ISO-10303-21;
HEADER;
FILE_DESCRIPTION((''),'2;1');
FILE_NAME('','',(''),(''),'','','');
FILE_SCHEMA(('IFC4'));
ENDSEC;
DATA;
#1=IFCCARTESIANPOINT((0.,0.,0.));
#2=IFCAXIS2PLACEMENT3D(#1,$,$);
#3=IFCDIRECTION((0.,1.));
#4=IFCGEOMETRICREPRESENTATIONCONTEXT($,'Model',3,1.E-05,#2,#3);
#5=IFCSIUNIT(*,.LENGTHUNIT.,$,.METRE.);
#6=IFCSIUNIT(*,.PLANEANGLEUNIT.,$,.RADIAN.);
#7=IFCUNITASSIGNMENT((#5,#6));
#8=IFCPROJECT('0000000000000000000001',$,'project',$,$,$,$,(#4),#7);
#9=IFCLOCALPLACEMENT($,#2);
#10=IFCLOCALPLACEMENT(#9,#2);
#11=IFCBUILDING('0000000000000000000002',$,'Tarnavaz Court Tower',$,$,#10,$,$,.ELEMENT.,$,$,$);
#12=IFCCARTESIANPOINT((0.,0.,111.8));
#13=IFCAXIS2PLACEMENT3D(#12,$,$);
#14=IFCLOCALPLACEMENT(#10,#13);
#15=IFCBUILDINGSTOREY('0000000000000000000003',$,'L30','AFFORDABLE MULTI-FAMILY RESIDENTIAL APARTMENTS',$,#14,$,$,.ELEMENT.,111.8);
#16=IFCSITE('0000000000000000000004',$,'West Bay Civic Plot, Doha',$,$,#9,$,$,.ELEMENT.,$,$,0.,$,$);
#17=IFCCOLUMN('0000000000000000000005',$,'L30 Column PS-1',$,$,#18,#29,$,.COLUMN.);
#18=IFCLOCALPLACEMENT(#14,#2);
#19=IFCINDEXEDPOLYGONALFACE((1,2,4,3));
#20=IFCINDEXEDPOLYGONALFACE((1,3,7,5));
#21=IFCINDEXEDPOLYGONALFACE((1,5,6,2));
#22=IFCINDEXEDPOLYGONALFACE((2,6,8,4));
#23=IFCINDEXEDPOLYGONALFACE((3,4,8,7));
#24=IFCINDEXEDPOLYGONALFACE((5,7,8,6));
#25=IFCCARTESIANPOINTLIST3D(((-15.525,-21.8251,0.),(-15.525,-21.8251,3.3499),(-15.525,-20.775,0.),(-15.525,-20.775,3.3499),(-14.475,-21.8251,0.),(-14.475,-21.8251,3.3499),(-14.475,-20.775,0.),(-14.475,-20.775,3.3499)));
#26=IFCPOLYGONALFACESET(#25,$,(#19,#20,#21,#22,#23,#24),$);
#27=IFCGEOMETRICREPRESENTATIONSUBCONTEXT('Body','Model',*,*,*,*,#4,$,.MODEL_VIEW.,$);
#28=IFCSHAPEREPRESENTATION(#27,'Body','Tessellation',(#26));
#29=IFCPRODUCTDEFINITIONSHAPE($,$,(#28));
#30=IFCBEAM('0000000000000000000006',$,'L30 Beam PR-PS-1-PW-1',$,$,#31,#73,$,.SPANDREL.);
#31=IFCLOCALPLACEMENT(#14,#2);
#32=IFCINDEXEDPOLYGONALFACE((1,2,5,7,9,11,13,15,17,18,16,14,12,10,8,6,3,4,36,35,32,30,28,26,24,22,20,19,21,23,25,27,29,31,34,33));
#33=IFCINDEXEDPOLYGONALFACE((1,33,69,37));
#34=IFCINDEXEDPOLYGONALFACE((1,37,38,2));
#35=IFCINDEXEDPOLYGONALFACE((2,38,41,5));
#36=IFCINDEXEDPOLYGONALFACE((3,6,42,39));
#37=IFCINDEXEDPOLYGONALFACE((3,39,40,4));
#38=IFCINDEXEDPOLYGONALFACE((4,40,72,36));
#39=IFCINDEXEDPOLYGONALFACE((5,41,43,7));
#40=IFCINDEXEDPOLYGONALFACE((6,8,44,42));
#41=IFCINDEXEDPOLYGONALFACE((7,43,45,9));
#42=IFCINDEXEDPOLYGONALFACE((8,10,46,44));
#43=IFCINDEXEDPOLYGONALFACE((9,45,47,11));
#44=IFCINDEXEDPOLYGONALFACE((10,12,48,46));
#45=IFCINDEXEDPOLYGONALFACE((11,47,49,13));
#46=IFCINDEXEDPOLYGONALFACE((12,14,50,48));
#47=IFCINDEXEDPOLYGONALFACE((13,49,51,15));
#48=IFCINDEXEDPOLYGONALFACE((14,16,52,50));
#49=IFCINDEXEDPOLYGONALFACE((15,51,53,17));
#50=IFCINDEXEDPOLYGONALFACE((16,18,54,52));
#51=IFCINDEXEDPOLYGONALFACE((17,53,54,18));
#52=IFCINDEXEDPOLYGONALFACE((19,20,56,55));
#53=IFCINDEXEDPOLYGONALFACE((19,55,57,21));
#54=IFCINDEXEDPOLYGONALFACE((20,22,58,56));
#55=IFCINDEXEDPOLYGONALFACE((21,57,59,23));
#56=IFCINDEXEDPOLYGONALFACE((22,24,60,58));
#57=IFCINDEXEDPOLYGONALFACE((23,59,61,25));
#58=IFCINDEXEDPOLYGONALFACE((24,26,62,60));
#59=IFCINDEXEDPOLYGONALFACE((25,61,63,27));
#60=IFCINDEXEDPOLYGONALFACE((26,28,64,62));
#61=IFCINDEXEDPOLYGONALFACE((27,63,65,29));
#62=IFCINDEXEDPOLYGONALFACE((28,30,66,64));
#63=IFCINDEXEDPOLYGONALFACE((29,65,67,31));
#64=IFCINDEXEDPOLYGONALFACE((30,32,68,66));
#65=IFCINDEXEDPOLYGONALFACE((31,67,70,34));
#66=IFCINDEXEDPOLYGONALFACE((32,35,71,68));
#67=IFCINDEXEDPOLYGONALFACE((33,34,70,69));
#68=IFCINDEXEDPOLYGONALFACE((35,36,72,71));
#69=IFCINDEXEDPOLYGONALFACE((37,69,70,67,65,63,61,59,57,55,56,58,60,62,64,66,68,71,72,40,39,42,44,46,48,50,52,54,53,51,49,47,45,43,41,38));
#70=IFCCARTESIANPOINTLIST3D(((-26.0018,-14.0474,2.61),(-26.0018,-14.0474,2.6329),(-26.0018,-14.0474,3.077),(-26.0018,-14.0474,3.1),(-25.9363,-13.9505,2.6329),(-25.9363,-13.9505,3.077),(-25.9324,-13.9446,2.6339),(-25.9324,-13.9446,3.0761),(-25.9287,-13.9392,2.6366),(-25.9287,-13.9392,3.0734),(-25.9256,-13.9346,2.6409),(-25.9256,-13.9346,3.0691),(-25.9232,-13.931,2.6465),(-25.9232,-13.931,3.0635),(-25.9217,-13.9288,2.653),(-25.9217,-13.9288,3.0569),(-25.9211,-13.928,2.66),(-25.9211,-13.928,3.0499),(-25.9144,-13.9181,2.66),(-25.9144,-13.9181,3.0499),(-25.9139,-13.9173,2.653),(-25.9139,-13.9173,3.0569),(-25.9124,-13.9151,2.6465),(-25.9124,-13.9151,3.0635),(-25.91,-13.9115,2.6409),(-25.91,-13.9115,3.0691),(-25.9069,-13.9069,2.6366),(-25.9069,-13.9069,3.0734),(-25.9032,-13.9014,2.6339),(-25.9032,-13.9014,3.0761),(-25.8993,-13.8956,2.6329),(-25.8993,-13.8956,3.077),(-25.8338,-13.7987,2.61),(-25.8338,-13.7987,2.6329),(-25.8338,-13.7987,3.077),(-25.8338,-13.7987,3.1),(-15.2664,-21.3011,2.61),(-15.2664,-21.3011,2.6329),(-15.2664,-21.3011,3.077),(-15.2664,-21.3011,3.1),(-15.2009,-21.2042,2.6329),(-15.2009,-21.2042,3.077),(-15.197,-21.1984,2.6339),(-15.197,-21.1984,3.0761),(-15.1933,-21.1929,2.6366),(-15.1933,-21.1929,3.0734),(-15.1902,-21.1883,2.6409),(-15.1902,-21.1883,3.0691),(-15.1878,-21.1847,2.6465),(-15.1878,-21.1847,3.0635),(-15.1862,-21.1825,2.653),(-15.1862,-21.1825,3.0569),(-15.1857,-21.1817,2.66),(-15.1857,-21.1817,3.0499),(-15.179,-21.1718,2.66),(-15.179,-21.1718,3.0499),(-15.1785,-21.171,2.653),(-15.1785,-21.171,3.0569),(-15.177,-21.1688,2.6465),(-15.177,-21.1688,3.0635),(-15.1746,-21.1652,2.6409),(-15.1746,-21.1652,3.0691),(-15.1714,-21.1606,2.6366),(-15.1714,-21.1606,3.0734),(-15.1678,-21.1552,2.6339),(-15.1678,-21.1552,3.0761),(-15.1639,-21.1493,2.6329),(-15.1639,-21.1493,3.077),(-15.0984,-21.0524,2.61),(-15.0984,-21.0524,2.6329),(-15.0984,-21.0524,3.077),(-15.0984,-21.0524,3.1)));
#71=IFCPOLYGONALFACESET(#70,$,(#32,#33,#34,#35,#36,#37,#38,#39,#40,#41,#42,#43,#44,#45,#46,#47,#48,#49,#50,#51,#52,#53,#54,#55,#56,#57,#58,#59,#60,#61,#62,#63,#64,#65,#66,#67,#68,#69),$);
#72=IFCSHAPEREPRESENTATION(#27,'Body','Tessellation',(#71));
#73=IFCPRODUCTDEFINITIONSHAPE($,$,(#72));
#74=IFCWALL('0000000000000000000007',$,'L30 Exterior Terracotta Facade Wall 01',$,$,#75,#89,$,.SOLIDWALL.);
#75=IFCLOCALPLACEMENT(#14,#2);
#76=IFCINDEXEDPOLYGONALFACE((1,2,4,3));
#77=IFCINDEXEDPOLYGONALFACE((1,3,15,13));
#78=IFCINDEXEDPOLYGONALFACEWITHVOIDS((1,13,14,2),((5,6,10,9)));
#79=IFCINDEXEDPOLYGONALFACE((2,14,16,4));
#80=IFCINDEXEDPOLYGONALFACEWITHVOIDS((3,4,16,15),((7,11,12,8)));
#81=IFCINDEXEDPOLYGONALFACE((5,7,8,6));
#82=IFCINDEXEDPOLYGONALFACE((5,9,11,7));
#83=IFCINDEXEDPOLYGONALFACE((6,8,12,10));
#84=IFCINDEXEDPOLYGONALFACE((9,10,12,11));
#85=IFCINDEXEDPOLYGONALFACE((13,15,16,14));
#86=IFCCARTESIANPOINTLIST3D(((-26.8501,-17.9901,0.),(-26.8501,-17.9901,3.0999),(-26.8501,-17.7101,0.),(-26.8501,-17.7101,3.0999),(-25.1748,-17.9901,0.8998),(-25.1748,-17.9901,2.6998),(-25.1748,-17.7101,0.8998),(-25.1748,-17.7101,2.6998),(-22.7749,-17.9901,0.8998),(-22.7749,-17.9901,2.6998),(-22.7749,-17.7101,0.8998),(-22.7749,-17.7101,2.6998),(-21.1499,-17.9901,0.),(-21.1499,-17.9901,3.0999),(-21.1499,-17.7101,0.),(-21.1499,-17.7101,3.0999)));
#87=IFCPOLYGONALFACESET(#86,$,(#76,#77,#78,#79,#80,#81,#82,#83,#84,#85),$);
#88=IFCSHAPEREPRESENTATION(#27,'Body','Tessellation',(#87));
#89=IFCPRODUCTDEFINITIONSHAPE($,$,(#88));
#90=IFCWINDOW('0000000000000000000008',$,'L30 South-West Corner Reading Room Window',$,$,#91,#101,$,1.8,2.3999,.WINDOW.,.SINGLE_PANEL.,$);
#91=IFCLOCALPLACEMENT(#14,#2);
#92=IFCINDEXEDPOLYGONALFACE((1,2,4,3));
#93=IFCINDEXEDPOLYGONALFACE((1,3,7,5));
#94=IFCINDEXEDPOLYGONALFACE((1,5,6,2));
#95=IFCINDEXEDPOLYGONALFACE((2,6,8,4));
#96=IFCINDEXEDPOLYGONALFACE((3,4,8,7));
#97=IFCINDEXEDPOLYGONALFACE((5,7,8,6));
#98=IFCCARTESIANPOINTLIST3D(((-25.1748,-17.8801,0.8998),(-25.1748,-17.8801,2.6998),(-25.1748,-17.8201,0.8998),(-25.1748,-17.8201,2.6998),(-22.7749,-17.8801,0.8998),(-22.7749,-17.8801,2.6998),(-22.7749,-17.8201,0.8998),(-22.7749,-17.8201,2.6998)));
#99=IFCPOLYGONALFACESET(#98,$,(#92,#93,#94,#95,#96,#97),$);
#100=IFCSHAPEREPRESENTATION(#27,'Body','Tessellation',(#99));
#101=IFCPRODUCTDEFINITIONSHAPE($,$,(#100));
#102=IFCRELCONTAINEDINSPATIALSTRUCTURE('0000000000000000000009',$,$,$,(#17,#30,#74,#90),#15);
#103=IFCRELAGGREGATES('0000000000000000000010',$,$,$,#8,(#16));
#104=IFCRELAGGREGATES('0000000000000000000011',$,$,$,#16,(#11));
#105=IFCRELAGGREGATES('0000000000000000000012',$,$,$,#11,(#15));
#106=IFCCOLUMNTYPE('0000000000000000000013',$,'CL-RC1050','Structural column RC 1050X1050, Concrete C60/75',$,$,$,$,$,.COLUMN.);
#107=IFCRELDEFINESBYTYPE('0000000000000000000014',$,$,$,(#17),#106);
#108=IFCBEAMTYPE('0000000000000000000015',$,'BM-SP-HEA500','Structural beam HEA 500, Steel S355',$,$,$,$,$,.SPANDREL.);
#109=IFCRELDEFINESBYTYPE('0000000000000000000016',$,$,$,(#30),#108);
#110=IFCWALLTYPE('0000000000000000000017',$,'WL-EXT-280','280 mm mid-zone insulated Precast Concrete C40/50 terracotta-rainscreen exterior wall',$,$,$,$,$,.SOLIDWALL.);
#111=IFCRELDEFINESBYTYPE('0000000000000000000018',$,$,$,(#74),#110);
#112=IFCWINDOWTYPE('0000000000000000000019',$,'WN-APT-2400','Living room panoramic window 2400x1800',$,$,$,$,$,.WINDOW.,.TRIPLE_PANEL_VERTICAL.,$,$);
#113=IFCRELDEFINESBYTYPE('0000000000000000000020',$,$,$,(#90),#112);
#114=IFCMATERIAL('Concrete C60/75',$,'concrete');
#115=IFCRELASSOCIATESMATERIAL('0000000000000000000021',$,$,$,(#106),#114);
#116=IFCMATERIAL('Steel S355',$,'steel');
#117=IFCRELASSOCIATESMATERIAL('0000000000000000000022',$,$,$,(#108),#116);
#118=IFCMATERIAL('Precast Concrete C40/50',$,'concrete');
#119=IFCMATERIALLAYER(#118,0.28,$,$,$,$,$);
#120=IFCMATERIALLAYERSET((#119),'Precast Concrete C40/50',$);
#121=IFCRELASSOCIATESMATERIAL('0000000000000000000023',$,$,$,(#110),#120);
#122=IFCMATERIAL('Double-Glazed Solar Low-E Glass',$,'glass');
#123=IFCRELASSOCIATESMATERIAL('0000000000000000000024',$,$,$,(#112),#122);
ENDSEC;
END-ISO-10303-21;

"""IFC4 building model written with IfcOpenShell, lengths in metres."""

from ifc_helpers import new_model, si_unit, direction, frame, frame_2d, origin, origin_2d, place, context, subcontext, project, spatial, rectangle, i_section, extrude, material, layer, layer_set, material_profile, profile_set, type_object, element, fill, save


model = new_model("IFC4")

# Units and contexts
model_context = context("Model", 3, precision=1e-05, world=origin(), true_north=direction((0.0, 1.0)))
body_context = subcontext(model_context, "Body", "Model", "MODEL_VIEW")
ifc_project = project(units=[si_unit("LENGTHUNIT", "METRE"), si_unit("PLANEANGLEUNIT", "RADIAN")], contexts=[model_context])

# Site, building, storey
site_placement = place(None, origin())
site = spatial("IfcSite", under=ifc_project, at=site_placement, Name="West Bay Civic Plot, Doha", CompositionType="ELEMENT", RefElevation=0.0)
building_placement = place(site_placement, origin())
building = spatial("IfcBuilding", under=site, at=building_placement, Name="Tarnavaz Court Tower", CompositionType="ELEMENT")
storey_placement = place(building_placement, frame((0.0, 0.0, 111.8)))
storey = spatial("IfcBuildingStorey", under=building, at=storey_placement, Name="L30", Description="AFFORDABLE MULTI-FAMILY RESIDENTIAL APARTMENTS", CompositionType="ELEMENT", Elevation=111.8)

# Column
ifc_material_1 = material(Name="Concrete C60/75", Category="concrete")
ifc_material_profile_1 = material_profile(ifc_material_1, rectangle(XDim=1.05, YDim=1.05, at=origin_2d()), Name="RC 1050X1050")
ifc_profile_set_1 = profile_set([ifc_material_profile_1], Name="Concrete C60/75")
column_type = type_object("IfcColumnType", Name="CL-RC1050", Description="Structural column RC 1050X1050, Concrete C60/75", PredefinedType="COLUMN", material=ifc_profile_set_1)
column_placement = place(storey_placement, frame((-15.0, -21.3, 0.0), z_axis=(0.0, 0.0, 1.0), x_axis=(1.0, 0.0, 0.0)))
element("IfcColumn", 1, at=column_placement, inside=storey, type_object=column_type, Name="L30 Column PS-1", PredefinedType="COLUMN", context=body_context, shape_type="SweptSolid", body=[
    extrude(rectangle(XDim=1.05, YDim=1.05, at=origin_2d()), origin(), (0.0, 0.0, 1.0), 3.3499),
])

# Beam
ifc_material_2 = material(Name="Steel S355", Category="steel")
ifc_material_profile_2 = material_profile(ifc_material_2, i_section(OverallWidth=0.3, OverallDepth=0.49, WebThickness=0.012, FlangeThickness=0.0229, FilletRadius=0.0271, at=origin_2d()), Name="HEA 500")
ifc_profile_set_2 = profile_set([ifc_material_profile_2], Name="Steel S355")
beam_type = type_object("IfcBeamType", Name="BM-SP-HEA500", Description="Structural beam HEA 500, Steel S355", PredefinedType="SPANDREL", material=ifc_profile_set_2)
beam_placement = place(storey_placement, frame((-15.1824, -21.1768, 2.855), z_axis=(-0.828587, 0.55986, 0.0), x_axis=(-0.55986, -0.828587, 0.0)))
element("IfcBeam", 2, at=beam_placement, inside=storey, type_object=beam_type, Name="L30 Beam PR-PS-1-PW-1", PredefinedType="SPANDREL", context=body_context, shape_type="SweptSolid", body=[
    extrude(i_section(OverallWidth=0.3, OverallDepth=0.49, WebThickness=0.012, FlangeThickness=0.0229, FilletRadius=0.0271, at=origin_2d()), origin(), (0.0, 0.0, 1.0), 12.9563),
])

# Wall, opening, window
ifc_material_3 = material(Name="Precast Concrete C40/50", Category="concrete")
ifc_layer_1 = layer(ifc_material_3, 0.28)
ifc_layer_set_1 = layer_set([ifc_layer_1], Name="Precast Concrete C40/50")
wall_type_1 = type_object("IfcWallType", Name="WL-EXT-280", Description="280 mm mid-zone insulated Precast Concrete C40/50 terracotta-rainscreen exterior wall", PredefinedType="SOLIDWALL", material=ifc_layer_set_1)
wall_1_placement = place(storey_placement, frame((-21.1499, -17.8501, 0.0), z_axis=(0.0, 0.0, 1.0), x_axis=(-1.0, 0.0, 0.0)))
wall_1 = element("IfcWall", 3, at=wall_1_placement, inside=storey, type_object=wall_type_1, Name="L30 Exterior Terracotta Facade Wall 01", PredefinedType="SOLIDWALL", context=body_context, shape_type="SweptSolid", body=[
    extrude(rectangle(XDim=5.7002, YDim=0.28, at=frame_2d((2.8501, 0.0))), origin(), (0.0, 0.0, 1.0), 3.0999),
])
opening_1_placement = place(wall_1_placement, frame((1.625, 0.0, 0.8999)))
opening_1 = element("IfcOpeningElement", 4, at=opening_1_placement, cuts=wall_1, PredefinedType="OPENING", context=body_context, shape_type="SweptSolid", body=[
    extrude(rectangle(XDim=2.3999, YDim=1.8, at=frame_2d((1.2, 0.8999))), frame((0.0, 0.1499, 0.0), z_axis=(0.0, -1.0, 0.0), x_axis=(1.0, 0.0, 0.0)), (0.0, 0.0, 1.0), 0.3),
])
ifc_material_4 = material(Name="Double-Glazed Solar Low-E Glass", Category="glass")
window_type_1 = type_object("IfcWindowType", Name="WN-APT-2400", Description="Living room panoramic window 2400x1800", PartitioningType="TRIPLE_PANEL_VERTICAL", PredefinedType="WINDOW", material=ifc_material_4)
window_1_placement = place(opening_1_placement, origin())
window_1 = element("IfcWindow", 5, at=window_1_placement, inside=storey, type_object=window_type_1, Name="L30 South-West Corner Reading Room Window", OverallHeight=1.8, OverallWidth=2.3999, PartitioningType="SINGLE_PANEL", PredefinedType="WINDOW", context=body_context, shape_type="SweptSolid", body=[
    extrude(rectangle(XDim=2.3999, YDim=1.8, at=frame_2d((1.2, 0.8999))), frame((0.0, 0.03, 0.0), z_axis=(0.0, -1.0, 0.0), x_axis=(1.0, 0.0, 0.0)), (0.0, 0.0, 1.0), 0.0601),
])
fill(opening_1, window_1)

save(model, "model.ifc")
